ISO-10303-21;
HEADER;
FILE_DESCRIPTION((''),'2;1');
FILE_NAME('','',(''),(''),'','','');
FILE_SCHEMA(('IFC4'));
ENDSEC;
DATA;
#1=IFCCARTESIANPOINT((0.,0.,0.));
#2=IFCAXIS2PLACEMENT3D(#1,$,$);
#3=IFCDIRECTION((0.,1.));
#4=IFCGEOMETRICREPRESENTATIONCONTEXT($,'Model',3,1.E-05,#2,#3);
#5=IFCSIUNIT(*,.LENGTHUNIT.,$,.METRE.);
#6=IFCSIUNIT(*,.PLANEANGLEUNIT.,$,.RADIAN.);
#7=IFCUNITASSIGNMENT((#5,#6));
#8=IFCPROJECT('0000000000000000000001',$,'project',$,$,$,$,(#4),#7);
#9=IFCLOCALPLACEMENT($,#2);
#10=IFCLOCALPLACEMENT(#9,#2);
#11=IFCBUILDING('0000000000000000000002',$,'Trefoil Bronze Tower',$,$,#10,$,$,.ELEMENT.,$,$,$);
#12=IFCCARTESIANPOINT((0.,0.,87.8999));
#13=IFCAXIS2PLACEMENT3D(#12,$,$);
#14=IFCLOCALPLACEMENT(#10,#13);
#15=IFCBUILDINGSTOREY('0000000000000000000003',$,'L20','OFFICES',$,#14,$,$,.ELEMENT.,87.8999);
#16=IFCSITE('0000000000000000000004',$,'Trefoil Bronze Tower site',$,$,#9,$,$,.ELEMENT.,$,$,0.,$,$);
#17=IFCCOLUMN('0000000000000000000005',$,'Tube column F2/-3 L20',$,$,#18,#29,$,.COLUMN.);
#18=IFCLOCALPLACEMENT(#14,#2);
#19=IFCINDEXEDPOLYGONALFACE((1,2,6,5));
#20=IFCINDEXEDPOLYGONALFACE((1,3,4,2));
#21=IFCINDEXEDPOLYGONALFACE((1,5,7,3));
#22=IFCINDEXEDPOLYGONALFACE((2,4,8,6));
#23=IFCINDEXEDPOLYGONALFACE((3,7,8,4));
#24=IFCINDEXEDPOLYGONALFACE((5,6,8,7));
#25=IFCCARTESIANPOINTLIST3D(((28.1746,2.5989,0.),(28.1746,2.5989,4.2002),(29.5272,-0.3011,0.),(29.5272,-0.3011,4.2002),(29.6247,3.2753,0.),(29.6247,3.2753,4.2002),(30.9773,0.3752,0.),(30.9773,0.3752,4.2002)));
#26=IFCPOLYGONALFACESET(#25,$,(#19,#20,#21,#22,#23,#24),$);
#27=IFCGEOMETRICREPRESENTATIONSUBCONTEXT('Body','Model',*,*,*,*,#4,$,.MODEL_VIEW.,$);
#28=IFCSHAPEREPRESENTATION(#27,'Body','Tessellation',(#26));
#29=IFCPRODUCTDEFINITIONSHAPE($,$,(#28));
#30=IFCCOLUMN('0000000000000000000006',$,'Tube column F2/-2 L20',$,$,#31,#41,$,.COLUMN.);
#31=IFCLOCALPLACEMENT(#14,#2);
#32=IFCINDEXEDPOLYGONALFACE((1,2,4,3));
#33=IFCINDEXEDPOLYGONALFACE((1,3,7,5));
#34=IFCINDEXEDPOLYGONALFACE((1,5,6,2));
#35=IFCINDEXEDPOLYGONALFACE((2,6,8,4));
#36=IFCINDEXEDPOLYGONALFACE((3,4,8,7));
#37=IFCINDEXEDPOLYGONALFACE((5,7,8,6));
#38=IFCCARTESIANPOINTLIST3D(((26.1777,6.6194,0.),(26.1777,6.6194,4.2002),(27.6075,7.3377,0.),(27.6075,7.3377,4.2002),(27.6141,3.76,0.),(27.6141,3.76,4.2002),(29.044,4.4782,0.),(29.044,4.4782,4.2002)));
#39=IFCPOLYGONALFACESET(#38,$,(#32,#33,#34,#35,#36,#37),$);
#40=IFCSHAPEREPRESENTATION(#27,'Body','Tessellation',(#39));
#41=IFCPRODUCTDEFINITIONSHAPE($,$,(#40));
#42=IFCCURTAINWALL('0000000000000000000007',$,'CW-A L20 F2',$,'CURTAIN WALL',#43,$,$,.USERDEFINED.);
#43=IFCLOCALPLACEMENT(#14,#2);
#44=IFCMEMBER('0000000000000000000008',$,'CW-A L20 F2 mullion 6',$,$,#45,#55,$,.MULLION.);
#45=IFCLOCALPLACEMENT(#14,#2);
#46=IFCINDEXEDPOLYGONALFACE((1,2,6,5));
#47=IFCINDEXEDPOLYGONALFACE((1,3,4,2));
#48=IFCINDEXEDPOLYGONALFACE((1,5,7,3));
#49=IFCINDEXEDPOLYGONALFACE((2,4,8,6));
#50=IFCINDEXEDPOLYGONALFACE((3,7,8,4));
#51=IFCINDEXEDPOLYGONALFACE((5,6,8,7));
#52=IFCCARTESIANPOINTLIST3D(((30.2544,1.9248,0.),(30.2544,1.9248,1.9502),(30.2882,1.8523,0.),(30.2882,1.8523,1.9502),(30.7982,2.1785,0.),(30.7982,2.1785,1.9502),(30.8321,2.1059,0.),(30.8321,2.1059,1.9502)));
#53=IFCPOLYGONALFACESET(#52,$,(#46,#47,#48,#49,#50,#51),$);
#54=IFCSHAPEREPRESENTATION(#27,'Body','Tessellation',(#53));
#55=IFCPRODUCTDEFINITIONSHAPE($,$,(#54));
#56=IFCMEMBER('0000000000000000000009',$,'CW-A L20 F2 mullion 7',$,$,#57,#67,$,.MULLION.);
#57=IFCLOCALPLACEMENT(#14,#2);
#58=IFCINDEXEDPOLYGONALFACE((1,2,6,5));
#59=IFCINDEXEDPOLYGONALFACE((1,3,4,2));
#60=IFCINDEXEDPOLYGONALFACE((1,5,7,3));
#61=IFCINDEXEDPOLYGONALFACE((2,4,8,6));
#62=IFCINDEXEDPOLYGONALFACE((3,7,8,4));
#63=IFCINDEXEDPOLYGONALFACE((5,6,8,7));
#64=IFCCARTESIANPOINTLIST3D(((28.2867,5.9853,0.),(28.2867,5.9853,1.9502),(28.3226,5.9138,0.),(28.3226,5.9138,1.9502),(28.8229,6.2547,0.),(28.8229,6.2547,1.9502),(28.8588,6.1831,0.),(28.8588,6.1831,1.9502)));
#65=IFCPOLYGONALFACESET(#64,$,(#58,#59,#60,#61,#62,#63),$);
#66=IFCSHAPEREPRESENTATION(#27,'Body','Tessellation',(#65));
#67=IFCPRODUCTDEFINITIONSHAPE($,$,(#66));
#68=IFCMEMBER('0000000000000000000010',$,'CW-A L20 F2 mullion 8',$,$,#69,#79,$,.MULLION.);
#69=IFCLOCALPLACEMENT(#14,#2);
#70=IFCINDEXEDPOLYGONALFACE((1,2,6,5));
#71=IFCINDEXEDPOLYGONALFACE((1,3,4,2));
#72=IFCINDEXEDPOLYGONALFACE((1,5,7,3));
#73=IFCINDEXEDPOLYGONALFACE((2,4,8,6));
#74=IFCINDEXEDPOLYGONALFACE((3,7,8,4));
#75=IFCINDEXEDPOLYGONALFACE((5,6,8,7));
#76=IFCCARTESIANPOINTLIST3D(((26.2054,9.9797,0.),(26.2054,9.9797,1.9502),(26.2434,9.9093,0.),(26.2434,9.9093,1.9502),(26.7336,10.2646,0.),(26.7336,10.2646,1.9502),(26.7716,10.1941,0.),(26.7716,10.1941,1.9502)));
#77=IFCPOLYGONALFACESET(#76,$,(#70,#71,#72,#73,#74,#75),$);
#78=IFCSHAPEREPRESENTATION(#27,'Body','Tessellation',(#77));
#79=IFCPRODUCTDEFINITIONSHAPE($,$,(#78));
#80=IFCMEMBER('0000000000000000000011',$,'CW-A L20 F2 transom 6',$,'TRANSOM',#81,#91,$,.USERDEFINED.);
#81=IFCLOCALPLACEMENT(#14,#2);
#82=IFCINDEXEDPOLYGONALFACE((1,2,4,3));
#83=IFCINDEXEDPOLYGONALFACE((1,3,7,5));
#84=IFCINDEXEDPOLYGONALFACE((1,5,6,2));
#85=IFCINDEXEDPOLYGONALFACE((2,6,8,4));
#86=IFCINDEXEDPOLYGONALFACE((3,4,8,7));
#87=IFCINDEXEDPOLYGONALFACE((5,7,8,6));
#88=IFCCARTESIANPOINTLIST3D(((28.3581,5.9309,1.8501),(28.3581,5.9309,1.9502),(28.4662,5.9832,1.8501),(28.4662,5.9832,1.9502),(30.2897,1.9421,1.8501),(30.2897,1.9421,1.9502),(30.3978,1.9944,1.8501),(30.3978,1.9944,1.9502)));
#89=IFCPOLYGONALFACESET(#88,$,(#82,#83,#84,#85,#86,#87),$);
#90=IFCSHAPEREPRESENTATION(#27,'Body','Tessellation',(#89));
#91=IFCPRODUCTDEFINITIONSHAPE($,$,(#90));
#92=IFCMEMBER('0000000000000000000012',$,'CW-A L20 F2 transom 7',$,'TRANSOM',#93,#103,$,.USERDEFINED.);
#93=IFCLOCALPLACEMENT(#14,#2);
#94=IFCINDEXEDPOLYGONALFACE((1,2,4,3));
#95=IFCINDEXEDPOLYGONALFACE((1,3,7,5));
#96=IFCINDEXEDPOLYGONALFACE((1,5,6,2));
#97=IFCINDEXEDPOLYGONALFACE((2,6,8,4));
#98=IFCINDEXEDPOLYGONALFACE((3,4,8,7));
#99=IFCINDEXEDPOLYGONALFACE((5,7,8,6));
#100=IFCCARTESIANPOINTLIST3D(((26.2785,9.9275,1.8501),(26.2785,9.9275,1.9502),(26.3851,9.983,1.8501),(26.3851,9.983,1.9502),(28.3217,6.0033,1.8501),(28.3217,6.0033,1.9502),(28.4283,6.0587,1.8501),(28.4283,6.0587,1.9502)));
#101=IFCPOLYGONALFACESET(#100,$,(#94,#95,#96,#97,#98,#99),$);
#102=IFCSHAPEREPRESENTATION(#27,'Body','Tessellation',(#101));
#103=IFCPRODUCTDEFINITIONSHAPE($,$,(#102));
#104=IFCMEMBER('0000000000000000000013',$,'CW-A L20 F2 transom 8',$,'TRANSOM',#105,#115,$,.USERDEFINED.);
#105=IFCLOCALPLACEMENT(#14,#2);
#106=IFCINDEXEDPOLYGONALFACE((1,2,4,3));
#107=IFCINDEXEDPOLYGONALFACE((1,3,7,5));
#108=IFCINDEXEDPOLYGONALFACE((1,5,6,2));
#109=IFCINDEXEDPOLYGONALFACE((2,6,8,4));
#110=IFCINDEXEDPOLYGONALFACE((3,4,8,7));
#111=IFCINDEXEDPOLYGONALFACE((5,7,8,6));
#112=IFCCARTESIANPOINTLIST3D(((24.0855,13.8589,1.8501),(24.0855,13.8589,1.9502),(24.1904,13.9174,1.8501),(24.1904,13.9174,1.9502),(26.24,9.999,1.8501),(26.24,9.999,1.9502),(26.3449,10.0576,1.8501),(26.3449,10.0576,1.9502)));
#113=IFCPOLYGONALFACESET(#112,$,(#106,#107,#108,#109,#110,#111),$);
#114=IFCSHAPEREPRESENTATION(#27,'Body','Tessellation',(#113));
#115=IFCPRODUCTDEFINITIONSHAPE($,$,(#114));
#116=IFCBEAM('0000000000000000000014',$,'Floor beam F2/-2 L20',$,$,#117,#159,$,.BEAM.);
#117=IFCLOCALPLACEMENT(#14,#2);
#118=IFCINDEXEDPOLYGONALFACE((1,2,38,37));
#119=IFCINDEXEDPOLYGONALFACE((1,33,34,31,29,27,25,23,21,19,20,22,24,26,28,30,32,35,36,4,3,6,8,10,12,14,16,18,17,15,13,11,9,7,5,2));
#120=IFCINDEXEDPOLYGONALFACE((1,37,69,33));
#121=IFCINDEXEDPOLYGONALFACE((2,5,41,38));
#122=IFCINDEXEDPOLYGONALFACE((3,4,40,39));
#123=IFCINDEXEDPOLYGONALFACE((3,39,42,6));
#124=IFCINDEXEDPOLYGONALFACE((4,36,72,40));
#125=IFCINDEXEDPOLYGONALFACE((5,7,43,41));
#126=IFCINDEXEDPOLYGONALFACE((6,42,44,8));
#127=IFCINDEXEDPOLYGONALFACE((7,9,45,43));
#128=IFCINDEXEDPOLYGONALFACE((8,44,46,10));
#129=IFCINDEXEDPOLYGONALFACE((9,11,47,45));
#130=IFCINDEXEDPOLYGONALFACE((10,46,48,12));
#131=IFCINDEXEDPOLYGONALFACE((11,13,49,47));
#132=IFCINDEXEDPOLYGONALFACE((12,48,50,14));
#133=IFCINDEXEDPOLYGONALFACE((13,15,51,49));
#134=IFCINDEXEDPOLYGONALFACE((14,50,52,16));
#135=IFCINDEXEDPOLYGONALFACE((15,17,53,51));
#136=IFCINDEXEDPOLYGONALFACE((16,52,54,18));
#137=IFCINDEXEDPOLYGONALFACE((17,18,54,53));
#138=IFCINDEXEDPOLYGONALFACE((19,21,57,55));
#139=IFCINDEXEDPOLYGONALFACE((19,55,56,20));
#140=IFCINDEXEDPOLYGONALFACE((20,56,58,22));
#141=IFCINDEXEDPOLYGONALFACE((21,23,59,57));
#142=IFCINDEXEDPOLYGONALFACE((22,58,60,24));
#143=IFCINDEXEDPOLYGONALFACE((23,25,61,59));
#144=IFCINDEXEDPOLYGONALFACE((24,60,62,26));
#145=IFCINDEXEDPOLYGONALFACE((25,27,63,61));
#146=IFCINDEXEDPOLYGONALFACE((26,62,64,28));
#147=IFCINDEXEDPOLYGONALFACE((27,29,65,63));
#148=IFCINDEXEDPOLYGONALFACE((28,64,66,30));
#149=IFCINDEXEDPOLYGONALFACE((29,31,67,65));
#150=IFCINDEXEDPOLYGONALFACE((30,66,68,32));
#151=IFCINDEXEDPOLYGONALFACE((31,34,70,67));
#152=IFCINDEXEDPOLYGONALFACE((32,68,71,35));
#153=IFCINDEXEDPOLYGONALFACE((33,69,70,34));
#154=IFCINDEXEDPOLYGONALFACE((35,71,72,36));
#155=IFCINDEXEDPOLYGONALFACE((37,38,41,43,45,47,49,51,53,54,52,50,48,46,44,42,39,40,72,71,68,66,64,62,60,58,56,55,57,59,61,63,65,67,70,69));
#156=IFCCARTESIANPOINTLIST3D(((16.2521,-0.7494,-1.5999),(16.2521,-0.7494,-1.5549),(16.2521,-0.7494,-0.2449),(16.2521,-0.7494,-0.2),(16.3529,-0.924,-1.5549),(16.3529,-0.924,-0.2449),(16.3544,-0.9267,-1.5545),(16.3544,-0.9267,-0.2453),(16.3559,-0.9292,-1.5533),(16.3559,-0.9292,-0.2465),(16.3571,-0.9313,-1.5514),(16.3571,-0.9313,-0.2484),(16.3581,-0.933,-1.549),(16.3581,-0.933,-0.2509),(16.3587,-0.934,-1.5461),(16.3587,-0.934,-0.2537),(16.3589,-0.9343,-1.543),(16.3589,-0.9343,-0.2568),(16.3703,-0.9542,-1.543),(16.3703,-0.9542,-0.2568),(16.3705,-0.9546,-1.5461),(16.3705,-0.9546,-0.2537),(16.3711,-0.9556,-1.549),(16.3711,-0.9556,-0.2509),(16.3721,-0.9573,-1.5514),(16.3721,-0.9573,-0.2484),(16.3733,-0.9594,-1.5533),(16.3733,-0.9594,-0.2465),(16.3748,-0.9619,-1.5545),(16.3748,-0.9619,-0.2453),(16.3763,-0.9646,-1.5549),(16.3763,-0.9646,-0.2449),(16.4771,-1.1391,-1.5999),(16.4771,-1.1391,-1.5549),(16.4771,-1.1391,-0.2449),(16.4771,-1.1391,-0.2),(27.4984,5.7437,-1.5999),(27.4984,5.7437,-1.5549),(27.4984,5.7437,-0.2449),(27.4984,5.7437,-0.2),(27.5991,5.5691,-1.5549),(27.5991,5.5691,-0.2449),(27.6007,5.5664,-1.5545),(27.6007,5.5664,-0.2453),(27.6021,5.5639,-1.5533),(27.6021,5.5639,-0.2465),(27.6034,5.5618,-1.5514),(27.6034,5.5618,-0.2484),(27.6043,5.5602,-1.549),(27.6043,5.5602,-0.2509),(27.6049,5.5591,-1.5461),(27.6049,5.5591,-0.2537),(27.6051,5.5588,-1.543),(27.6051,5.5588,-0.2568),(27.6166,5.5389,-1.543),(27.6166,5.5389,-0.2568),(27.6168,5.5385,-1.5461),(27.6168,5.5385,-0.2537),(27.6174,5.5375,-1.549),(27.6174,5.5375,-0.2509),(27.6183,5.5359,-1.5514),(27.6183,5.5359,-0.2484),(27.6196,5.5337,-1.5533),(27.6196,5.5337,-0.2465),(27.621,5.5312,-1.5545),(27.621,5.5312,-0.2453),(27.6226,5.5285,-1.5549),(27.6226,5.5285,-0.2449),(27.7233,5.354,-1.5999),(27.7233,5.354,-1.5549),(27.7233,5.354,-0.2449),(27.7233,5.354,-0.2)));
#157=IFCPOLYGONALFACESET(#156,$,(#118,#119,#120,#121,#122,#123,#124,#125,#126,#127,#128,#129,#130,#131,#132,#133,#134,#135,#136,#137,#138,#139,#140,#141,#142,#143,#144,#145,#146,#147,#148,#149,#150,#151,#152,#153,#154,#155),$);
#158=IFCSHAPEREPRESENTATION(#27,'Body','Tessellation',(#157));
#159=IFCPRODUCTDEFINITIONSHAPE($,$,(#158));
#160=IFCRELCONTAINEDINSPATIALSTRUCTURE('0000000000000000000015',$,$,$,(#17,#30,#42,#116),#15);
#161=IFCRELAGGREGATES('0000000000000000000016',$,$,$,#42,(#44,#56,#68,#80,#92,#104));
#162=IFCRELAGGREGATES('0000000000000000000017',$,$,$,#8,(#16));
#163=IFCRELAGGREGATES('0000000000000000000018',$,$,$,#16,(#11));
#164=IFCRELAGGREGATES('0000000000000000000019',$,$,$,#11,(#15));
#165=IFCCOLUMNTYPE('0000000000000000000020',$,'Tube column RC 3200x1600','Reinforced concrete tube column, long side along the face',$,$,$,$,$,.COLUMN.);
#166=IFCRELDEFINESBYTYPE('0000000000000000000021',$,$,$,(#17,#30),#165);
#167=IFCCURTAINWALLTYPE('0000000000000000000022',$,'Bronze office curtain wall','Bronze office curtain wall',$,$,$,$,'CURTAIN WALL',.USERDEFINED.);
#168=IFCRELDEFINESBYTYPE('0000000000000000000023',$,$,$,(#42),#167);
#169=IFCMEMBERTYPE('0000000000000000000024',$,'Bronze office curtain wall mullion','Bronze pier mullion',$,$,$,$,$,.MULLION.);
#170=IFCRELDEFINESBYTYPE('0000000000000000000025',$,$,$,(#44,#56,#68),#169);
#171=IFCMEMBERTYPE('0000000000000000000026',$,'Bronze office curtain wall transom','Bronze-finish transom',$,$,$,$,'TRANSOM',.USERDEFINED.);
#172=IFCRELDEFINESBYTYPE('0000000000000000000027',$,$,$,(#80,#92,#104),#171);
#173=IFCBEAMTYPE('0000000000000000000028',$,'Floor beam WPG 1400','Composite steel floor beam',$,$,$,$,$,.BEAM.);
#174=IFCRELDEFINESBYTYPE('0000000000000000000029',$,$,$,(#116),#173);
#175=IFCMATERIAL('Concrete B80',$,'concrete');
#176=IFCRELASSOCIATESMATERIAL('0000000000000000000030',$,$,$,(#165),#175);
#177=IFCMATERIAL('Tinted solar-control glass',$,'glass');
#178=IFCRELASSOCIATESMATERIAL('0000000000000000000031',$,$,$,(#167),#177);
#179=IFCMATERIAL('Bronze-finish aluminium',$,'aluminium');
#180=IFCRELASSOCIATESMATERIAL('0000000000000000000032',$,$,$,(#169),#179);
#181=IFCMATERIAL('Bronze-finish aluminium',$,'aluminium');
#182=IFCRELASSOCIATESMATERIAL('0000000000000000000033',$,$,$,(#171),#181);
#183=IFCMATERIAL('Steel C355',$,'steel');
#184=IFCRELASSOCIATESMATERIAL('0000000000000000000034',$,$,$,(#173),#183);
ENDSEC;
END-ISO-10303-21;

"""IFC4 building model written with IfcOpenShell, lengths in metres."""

from ifc_helpers import new_model, si_unit, direction, frame, origin, origin_2d, place, context, subcontext, project, spatial, rectangle, i_section, extrude, material, material_profile, profile_set, type_object, element, aggregate, save


model = new_model("IFC4")

# Units and contexts
model_context = context("Model", 3, precision=1e-05, world=origin(), true_north=direction((0.0, 1.0)))
body_context = subcontext(model_context, "Body", "Model", "MODEL_VIEW")
ifc_project = project(units=[si_unit("LENGTHUNIT", "METRE"), si_unit("PLANEANGLEUNIT", "RADIAN")], contexts=[model_context])

# Site, building, storey
site_placement = place(None, origin())
site = spatial("IfcSite", under=ifc_project, at=site_placement, Name="Trefoil Bronze Tower site", CompositionType="ELEMENT", RefElevation=0.0)
building_placement = place(site_placement, origin())
building = spatial("IfcBuilding", under=site, at=building_placement, Name="Trefoil Bronze Tower", CompositionType="ELEMENT")
storey_placement = place(building_placement, frame((0.0, 0.0, 87.8999)))
storey = spatial("IfcBuildingStorey", under=building, at=storey_placement, Name="L20", Description="OFFICES", CompositionType="ELEMENT", Elevation=87.8999)

# Columns
ifc_material_1 = material(Name="Concrete B80", Category="concrete")
ifc_material_profile_1 = material_profile(ifc_material_1, rectangle(XDim=3.2, YDim=1.6001, at=origin_2d()), Name="RC 3200x1600")
ifc_profile_set_1 = profile_set([ifc_material_profile_1], Name="Concrete B80")
column_type = type_object("IfcColumnType", Name="Tube column RC 3200x1600", Description="Reinforced concrete tube column, long side along the face", PredefinedType="COLUMN", material=ifc_profile_set_1)
for number, where, z_axis, x_axis, name in (
    (1, (29.5759, 1.4871, 0.0), (0.0, 0.0, 1.0), (-0.422701, 0.906269, 0.0), "Tube column F2/-3 L20"),
    (2, (27.6108, 5.5488, 0.0), (0.0, 0.0, 1.0), (-0.44889, 0.893587, 0.0), "Tube column F2/-2 L20"),
):
    element("IfcColumn", number, at=place(storey_placement, frame(where, z_axis=z_axis, x_axis=x_axis)), inside=storey, type_object=column_type, Name=name, PredefinedType="COLUMN", context=body_context, shape_type="SweptSolid", body=[
        extrude(rectangle(XDim=3.2, YDim=1.6001, at=origin_2d()), origin(), (0.0, 0.0, 1.0), 4.2002),
    ])

# Curtain wall, members
ifc_material_2 = material(Name="Tinted solar-control glass", Category="glass")
curtain_wall_type = type_object("IfcCurtainWallType", Name="Bronze office curtain wall", Description="Bronze office curtain wall", ElementType="CURTAIN WALL", PredefinedType="USERDEFINED", material=ifc_material_2)
curtain_wall_placement = place(storey_placement, origin())
curtain_wall = element("IfcCurtainWall", 3, at=curtain_wall_placement, inside=storey, type_object=curtain_wall_type, Name="CW-A L20 F2", ObjectType="CURTAIN WALL", PredefinedType="USERDEFINED")
ifc_material_3 = material(Name="Bronze-finish aluminium", Category="aluminium")
ifc_material_profile_2 = material_profile(ifc_material_3, rectangle(XDim=0.6001, YDim=0.0801, at=origin_2d()), Name="CW-A mullion")
ifc_profile_set_2 = profile_set([ifc_material_profile_2], Name="Bronze-finish aluminium")
member_type_1 = type_object("IfcMemberType", Name="Bronze office curtain wall mullion", Description="Bronze pier mullion", PredefinedType="MULLION", material=ifc_profile_set_2)
member_1_placement = place(storey_placement, frame((30.5432, 2.0154, 0.0), z_axis=(0.0, 0.0, 1.0), x_axis=(-0.906269, -0.422701, 0.0)))
member_1 = element("IfcMember", 4, at=member_1_placement, type_object=member_type_1, Name="CW-A L20 F2 mullion 6", PredefinedType="MULLION", context=body_context, shape_type="SweptSolid", body=[
    extrude(rectangle(XDim=0.6001, YDim=0.0801, at=origin_2d()), origin(), (0.0, 0.0, 1.0), 1.9502),
])
member_2_placement = place(storey_placement, frame((28.5728, 6.0842, 0.0), z_axis=(0.0, 0.0, 1.0), x_axis=(-0.893587, -0.44889, 0.0)))
member_2 = element("IfcMember", 5, at=member_2_placement, type_object=member_type_1, Name="CW-A L20 F2 mullion 7", PredefinedType="MULLION", context=body_context, shape_type="SweptSolid", body=[
    extrude(rectangle(XDim=0.6001, YDim=0.0801, at=origin_2d()), origin(), (0.0, 0.0, 1.0), 1.9502),
])
member_3_placement = place(storey_placement, frame((26.4885, 10.0869, 0.0), z_axis=(0.0, 0.0, 1.0), x_axis=(-0.880171, -0.474656, 0.0)))
member_3 = element("IfcMember", 6, at=member_3_placement, type_object=member_type_1, Name="CW-A L20 F2 mullion 8", PredefinedType="MULLION", context=body_context, shape_type="SweptSolid", body=[
    extrude(rectangle(XDim=0.6001, YDim=0.0801, at=origin_2d()), origin(), (0.0, 0.0, 1.0), 1.9502),
])
ifc_material_4 = material(Name="Bronze-finish aluminium", Category="aluminium")
ifc_material_profile_3 = material_profile(ifc_material_4, rectangle(XDim=0.1201, YDim=0.1001, at=origin_2d()), Name="CW-A transom")
ifc_profile_set_3 = profile_set([ifc_material_profile_3], Name="Bronze-finish aluminium")
member_type_2 = type_object("IfcMemberType", Name="Bronze office curtain wall transom", Description="Bronze-finish transom", ElementType="TRANSOM", PredefinedType="USERDEFINED", material=ifc_profile_set_3)
member_4_placement = place(storey_placement, frame((30.3438, 1.9683, 1.9001), z_axis=(-0.435852, 0.900018, 0.0), x_axis=(-0.900018, -0.435852, 0.0)))
member_4 = element("IfcMember", 7, at=member_4_placement, type_object=member_type_2, Name="CW-A L20 F2 transom 6", ObjectType="TRANSOM", PredefinedType="USERDEFINED", context=body_context, shape_type="SweptSolid", body=[
    extrude(rectangle(XDim=0.1201, YDim=0.1001, at=origin_2d()), origin(), (0.0, 0.0, 1.0), 4.4319),
])
member_5_placement = place(storey_placement, frame((28.375, 6.031, 1.9001), z_axis=(-0.46181, 0.886979, 0.0), x_axis=(-0.886979, -0.46181, 0.0)))
member_5 = element("IfcMember", 8, at=member_5_placement, type_object=member_type_2, Name="CW-A L20 F2 transom 7", ObjectType="TRANSOM", PredefinedType="USERDEFINED", context=body_context, shape_type="SweptSolid", body=[
    extrude(rectangle(XDim=0.1201, YDim=0.1001, at=origin_2d()), origin(), (0.0, 0.0, 1.0), 4.4243),
])
member_6_placement = place(storey_placement, frame((26.2925, 10.0283, 1.9001), z_axis=(-0.4874, 0.873179, 0.0), x_axis=(-0.873179, -0.4874, 0.0)))
member_6 = element("IfcMember", 9, at=member_6_placement, type_object=member_type_2, Name="CW-A L20 F2 transom 8", ObjectType="TRANSOM", PredefinedType="USERDEFINED", context=body_context, shape_type="SweptSolid", body=[
    extrude(rectangle(XDim=0.1201, YDim=0.1001, at=origin_2d()), origin(), (0.0, 0.0, 1.0), 4.4204),
])

# Beam
ifc_material_5 = material(Name="Steel C355", Category="steel")
ifc_material_profile_4 = material_profile(ifc_material_5, i_section(OverallWidth=0.45, OverallDepth=1.3999, WebThickness=0.0229, FlangeThickness=0.0449, FilletRadius=0.012, at=origin_2d()), Name="WPG 1400")
ifc_profile_set_4 = profile_set([ifc_material_profile_4], Name="Steel C355")
beam_type_1 = type_object("IfcBeamType", Name="Floor beam WPG 1400", Description="Composite steel floor beam", PredefinedType="BEAM", material=ifc_profile_set_4)
beam_1_placement = place(storey_placement, frame((27.6108, 5.5488, -0.8999), z_axis=(-0.866022, -0.500005, 0.0), x_axis=(0.500005, -0.866022, 0.0)))
element("IfcBeam", 10, at=beam_1_placement, inside=storey, type_object=beam_type_1, Name="Floor beam F2/-2 L20", PredefinedType="BEAM", context=body_context, shape_type="SweptSolid", body=[
    extrude(i_section(OverallWidth=0.45, OverallDepth=1.3999, WebThickness=0.0229, FlangeThickness=0.0449, FilletRadius=0.012, at=origin_2d()), origin(), (0.0, 0.0, 1.0), 12.9861),
])

aggregate(curtain_wall, [member_1, member_2, member_3, member_4, member_5, member_6])

save(model, "model.ifc")
